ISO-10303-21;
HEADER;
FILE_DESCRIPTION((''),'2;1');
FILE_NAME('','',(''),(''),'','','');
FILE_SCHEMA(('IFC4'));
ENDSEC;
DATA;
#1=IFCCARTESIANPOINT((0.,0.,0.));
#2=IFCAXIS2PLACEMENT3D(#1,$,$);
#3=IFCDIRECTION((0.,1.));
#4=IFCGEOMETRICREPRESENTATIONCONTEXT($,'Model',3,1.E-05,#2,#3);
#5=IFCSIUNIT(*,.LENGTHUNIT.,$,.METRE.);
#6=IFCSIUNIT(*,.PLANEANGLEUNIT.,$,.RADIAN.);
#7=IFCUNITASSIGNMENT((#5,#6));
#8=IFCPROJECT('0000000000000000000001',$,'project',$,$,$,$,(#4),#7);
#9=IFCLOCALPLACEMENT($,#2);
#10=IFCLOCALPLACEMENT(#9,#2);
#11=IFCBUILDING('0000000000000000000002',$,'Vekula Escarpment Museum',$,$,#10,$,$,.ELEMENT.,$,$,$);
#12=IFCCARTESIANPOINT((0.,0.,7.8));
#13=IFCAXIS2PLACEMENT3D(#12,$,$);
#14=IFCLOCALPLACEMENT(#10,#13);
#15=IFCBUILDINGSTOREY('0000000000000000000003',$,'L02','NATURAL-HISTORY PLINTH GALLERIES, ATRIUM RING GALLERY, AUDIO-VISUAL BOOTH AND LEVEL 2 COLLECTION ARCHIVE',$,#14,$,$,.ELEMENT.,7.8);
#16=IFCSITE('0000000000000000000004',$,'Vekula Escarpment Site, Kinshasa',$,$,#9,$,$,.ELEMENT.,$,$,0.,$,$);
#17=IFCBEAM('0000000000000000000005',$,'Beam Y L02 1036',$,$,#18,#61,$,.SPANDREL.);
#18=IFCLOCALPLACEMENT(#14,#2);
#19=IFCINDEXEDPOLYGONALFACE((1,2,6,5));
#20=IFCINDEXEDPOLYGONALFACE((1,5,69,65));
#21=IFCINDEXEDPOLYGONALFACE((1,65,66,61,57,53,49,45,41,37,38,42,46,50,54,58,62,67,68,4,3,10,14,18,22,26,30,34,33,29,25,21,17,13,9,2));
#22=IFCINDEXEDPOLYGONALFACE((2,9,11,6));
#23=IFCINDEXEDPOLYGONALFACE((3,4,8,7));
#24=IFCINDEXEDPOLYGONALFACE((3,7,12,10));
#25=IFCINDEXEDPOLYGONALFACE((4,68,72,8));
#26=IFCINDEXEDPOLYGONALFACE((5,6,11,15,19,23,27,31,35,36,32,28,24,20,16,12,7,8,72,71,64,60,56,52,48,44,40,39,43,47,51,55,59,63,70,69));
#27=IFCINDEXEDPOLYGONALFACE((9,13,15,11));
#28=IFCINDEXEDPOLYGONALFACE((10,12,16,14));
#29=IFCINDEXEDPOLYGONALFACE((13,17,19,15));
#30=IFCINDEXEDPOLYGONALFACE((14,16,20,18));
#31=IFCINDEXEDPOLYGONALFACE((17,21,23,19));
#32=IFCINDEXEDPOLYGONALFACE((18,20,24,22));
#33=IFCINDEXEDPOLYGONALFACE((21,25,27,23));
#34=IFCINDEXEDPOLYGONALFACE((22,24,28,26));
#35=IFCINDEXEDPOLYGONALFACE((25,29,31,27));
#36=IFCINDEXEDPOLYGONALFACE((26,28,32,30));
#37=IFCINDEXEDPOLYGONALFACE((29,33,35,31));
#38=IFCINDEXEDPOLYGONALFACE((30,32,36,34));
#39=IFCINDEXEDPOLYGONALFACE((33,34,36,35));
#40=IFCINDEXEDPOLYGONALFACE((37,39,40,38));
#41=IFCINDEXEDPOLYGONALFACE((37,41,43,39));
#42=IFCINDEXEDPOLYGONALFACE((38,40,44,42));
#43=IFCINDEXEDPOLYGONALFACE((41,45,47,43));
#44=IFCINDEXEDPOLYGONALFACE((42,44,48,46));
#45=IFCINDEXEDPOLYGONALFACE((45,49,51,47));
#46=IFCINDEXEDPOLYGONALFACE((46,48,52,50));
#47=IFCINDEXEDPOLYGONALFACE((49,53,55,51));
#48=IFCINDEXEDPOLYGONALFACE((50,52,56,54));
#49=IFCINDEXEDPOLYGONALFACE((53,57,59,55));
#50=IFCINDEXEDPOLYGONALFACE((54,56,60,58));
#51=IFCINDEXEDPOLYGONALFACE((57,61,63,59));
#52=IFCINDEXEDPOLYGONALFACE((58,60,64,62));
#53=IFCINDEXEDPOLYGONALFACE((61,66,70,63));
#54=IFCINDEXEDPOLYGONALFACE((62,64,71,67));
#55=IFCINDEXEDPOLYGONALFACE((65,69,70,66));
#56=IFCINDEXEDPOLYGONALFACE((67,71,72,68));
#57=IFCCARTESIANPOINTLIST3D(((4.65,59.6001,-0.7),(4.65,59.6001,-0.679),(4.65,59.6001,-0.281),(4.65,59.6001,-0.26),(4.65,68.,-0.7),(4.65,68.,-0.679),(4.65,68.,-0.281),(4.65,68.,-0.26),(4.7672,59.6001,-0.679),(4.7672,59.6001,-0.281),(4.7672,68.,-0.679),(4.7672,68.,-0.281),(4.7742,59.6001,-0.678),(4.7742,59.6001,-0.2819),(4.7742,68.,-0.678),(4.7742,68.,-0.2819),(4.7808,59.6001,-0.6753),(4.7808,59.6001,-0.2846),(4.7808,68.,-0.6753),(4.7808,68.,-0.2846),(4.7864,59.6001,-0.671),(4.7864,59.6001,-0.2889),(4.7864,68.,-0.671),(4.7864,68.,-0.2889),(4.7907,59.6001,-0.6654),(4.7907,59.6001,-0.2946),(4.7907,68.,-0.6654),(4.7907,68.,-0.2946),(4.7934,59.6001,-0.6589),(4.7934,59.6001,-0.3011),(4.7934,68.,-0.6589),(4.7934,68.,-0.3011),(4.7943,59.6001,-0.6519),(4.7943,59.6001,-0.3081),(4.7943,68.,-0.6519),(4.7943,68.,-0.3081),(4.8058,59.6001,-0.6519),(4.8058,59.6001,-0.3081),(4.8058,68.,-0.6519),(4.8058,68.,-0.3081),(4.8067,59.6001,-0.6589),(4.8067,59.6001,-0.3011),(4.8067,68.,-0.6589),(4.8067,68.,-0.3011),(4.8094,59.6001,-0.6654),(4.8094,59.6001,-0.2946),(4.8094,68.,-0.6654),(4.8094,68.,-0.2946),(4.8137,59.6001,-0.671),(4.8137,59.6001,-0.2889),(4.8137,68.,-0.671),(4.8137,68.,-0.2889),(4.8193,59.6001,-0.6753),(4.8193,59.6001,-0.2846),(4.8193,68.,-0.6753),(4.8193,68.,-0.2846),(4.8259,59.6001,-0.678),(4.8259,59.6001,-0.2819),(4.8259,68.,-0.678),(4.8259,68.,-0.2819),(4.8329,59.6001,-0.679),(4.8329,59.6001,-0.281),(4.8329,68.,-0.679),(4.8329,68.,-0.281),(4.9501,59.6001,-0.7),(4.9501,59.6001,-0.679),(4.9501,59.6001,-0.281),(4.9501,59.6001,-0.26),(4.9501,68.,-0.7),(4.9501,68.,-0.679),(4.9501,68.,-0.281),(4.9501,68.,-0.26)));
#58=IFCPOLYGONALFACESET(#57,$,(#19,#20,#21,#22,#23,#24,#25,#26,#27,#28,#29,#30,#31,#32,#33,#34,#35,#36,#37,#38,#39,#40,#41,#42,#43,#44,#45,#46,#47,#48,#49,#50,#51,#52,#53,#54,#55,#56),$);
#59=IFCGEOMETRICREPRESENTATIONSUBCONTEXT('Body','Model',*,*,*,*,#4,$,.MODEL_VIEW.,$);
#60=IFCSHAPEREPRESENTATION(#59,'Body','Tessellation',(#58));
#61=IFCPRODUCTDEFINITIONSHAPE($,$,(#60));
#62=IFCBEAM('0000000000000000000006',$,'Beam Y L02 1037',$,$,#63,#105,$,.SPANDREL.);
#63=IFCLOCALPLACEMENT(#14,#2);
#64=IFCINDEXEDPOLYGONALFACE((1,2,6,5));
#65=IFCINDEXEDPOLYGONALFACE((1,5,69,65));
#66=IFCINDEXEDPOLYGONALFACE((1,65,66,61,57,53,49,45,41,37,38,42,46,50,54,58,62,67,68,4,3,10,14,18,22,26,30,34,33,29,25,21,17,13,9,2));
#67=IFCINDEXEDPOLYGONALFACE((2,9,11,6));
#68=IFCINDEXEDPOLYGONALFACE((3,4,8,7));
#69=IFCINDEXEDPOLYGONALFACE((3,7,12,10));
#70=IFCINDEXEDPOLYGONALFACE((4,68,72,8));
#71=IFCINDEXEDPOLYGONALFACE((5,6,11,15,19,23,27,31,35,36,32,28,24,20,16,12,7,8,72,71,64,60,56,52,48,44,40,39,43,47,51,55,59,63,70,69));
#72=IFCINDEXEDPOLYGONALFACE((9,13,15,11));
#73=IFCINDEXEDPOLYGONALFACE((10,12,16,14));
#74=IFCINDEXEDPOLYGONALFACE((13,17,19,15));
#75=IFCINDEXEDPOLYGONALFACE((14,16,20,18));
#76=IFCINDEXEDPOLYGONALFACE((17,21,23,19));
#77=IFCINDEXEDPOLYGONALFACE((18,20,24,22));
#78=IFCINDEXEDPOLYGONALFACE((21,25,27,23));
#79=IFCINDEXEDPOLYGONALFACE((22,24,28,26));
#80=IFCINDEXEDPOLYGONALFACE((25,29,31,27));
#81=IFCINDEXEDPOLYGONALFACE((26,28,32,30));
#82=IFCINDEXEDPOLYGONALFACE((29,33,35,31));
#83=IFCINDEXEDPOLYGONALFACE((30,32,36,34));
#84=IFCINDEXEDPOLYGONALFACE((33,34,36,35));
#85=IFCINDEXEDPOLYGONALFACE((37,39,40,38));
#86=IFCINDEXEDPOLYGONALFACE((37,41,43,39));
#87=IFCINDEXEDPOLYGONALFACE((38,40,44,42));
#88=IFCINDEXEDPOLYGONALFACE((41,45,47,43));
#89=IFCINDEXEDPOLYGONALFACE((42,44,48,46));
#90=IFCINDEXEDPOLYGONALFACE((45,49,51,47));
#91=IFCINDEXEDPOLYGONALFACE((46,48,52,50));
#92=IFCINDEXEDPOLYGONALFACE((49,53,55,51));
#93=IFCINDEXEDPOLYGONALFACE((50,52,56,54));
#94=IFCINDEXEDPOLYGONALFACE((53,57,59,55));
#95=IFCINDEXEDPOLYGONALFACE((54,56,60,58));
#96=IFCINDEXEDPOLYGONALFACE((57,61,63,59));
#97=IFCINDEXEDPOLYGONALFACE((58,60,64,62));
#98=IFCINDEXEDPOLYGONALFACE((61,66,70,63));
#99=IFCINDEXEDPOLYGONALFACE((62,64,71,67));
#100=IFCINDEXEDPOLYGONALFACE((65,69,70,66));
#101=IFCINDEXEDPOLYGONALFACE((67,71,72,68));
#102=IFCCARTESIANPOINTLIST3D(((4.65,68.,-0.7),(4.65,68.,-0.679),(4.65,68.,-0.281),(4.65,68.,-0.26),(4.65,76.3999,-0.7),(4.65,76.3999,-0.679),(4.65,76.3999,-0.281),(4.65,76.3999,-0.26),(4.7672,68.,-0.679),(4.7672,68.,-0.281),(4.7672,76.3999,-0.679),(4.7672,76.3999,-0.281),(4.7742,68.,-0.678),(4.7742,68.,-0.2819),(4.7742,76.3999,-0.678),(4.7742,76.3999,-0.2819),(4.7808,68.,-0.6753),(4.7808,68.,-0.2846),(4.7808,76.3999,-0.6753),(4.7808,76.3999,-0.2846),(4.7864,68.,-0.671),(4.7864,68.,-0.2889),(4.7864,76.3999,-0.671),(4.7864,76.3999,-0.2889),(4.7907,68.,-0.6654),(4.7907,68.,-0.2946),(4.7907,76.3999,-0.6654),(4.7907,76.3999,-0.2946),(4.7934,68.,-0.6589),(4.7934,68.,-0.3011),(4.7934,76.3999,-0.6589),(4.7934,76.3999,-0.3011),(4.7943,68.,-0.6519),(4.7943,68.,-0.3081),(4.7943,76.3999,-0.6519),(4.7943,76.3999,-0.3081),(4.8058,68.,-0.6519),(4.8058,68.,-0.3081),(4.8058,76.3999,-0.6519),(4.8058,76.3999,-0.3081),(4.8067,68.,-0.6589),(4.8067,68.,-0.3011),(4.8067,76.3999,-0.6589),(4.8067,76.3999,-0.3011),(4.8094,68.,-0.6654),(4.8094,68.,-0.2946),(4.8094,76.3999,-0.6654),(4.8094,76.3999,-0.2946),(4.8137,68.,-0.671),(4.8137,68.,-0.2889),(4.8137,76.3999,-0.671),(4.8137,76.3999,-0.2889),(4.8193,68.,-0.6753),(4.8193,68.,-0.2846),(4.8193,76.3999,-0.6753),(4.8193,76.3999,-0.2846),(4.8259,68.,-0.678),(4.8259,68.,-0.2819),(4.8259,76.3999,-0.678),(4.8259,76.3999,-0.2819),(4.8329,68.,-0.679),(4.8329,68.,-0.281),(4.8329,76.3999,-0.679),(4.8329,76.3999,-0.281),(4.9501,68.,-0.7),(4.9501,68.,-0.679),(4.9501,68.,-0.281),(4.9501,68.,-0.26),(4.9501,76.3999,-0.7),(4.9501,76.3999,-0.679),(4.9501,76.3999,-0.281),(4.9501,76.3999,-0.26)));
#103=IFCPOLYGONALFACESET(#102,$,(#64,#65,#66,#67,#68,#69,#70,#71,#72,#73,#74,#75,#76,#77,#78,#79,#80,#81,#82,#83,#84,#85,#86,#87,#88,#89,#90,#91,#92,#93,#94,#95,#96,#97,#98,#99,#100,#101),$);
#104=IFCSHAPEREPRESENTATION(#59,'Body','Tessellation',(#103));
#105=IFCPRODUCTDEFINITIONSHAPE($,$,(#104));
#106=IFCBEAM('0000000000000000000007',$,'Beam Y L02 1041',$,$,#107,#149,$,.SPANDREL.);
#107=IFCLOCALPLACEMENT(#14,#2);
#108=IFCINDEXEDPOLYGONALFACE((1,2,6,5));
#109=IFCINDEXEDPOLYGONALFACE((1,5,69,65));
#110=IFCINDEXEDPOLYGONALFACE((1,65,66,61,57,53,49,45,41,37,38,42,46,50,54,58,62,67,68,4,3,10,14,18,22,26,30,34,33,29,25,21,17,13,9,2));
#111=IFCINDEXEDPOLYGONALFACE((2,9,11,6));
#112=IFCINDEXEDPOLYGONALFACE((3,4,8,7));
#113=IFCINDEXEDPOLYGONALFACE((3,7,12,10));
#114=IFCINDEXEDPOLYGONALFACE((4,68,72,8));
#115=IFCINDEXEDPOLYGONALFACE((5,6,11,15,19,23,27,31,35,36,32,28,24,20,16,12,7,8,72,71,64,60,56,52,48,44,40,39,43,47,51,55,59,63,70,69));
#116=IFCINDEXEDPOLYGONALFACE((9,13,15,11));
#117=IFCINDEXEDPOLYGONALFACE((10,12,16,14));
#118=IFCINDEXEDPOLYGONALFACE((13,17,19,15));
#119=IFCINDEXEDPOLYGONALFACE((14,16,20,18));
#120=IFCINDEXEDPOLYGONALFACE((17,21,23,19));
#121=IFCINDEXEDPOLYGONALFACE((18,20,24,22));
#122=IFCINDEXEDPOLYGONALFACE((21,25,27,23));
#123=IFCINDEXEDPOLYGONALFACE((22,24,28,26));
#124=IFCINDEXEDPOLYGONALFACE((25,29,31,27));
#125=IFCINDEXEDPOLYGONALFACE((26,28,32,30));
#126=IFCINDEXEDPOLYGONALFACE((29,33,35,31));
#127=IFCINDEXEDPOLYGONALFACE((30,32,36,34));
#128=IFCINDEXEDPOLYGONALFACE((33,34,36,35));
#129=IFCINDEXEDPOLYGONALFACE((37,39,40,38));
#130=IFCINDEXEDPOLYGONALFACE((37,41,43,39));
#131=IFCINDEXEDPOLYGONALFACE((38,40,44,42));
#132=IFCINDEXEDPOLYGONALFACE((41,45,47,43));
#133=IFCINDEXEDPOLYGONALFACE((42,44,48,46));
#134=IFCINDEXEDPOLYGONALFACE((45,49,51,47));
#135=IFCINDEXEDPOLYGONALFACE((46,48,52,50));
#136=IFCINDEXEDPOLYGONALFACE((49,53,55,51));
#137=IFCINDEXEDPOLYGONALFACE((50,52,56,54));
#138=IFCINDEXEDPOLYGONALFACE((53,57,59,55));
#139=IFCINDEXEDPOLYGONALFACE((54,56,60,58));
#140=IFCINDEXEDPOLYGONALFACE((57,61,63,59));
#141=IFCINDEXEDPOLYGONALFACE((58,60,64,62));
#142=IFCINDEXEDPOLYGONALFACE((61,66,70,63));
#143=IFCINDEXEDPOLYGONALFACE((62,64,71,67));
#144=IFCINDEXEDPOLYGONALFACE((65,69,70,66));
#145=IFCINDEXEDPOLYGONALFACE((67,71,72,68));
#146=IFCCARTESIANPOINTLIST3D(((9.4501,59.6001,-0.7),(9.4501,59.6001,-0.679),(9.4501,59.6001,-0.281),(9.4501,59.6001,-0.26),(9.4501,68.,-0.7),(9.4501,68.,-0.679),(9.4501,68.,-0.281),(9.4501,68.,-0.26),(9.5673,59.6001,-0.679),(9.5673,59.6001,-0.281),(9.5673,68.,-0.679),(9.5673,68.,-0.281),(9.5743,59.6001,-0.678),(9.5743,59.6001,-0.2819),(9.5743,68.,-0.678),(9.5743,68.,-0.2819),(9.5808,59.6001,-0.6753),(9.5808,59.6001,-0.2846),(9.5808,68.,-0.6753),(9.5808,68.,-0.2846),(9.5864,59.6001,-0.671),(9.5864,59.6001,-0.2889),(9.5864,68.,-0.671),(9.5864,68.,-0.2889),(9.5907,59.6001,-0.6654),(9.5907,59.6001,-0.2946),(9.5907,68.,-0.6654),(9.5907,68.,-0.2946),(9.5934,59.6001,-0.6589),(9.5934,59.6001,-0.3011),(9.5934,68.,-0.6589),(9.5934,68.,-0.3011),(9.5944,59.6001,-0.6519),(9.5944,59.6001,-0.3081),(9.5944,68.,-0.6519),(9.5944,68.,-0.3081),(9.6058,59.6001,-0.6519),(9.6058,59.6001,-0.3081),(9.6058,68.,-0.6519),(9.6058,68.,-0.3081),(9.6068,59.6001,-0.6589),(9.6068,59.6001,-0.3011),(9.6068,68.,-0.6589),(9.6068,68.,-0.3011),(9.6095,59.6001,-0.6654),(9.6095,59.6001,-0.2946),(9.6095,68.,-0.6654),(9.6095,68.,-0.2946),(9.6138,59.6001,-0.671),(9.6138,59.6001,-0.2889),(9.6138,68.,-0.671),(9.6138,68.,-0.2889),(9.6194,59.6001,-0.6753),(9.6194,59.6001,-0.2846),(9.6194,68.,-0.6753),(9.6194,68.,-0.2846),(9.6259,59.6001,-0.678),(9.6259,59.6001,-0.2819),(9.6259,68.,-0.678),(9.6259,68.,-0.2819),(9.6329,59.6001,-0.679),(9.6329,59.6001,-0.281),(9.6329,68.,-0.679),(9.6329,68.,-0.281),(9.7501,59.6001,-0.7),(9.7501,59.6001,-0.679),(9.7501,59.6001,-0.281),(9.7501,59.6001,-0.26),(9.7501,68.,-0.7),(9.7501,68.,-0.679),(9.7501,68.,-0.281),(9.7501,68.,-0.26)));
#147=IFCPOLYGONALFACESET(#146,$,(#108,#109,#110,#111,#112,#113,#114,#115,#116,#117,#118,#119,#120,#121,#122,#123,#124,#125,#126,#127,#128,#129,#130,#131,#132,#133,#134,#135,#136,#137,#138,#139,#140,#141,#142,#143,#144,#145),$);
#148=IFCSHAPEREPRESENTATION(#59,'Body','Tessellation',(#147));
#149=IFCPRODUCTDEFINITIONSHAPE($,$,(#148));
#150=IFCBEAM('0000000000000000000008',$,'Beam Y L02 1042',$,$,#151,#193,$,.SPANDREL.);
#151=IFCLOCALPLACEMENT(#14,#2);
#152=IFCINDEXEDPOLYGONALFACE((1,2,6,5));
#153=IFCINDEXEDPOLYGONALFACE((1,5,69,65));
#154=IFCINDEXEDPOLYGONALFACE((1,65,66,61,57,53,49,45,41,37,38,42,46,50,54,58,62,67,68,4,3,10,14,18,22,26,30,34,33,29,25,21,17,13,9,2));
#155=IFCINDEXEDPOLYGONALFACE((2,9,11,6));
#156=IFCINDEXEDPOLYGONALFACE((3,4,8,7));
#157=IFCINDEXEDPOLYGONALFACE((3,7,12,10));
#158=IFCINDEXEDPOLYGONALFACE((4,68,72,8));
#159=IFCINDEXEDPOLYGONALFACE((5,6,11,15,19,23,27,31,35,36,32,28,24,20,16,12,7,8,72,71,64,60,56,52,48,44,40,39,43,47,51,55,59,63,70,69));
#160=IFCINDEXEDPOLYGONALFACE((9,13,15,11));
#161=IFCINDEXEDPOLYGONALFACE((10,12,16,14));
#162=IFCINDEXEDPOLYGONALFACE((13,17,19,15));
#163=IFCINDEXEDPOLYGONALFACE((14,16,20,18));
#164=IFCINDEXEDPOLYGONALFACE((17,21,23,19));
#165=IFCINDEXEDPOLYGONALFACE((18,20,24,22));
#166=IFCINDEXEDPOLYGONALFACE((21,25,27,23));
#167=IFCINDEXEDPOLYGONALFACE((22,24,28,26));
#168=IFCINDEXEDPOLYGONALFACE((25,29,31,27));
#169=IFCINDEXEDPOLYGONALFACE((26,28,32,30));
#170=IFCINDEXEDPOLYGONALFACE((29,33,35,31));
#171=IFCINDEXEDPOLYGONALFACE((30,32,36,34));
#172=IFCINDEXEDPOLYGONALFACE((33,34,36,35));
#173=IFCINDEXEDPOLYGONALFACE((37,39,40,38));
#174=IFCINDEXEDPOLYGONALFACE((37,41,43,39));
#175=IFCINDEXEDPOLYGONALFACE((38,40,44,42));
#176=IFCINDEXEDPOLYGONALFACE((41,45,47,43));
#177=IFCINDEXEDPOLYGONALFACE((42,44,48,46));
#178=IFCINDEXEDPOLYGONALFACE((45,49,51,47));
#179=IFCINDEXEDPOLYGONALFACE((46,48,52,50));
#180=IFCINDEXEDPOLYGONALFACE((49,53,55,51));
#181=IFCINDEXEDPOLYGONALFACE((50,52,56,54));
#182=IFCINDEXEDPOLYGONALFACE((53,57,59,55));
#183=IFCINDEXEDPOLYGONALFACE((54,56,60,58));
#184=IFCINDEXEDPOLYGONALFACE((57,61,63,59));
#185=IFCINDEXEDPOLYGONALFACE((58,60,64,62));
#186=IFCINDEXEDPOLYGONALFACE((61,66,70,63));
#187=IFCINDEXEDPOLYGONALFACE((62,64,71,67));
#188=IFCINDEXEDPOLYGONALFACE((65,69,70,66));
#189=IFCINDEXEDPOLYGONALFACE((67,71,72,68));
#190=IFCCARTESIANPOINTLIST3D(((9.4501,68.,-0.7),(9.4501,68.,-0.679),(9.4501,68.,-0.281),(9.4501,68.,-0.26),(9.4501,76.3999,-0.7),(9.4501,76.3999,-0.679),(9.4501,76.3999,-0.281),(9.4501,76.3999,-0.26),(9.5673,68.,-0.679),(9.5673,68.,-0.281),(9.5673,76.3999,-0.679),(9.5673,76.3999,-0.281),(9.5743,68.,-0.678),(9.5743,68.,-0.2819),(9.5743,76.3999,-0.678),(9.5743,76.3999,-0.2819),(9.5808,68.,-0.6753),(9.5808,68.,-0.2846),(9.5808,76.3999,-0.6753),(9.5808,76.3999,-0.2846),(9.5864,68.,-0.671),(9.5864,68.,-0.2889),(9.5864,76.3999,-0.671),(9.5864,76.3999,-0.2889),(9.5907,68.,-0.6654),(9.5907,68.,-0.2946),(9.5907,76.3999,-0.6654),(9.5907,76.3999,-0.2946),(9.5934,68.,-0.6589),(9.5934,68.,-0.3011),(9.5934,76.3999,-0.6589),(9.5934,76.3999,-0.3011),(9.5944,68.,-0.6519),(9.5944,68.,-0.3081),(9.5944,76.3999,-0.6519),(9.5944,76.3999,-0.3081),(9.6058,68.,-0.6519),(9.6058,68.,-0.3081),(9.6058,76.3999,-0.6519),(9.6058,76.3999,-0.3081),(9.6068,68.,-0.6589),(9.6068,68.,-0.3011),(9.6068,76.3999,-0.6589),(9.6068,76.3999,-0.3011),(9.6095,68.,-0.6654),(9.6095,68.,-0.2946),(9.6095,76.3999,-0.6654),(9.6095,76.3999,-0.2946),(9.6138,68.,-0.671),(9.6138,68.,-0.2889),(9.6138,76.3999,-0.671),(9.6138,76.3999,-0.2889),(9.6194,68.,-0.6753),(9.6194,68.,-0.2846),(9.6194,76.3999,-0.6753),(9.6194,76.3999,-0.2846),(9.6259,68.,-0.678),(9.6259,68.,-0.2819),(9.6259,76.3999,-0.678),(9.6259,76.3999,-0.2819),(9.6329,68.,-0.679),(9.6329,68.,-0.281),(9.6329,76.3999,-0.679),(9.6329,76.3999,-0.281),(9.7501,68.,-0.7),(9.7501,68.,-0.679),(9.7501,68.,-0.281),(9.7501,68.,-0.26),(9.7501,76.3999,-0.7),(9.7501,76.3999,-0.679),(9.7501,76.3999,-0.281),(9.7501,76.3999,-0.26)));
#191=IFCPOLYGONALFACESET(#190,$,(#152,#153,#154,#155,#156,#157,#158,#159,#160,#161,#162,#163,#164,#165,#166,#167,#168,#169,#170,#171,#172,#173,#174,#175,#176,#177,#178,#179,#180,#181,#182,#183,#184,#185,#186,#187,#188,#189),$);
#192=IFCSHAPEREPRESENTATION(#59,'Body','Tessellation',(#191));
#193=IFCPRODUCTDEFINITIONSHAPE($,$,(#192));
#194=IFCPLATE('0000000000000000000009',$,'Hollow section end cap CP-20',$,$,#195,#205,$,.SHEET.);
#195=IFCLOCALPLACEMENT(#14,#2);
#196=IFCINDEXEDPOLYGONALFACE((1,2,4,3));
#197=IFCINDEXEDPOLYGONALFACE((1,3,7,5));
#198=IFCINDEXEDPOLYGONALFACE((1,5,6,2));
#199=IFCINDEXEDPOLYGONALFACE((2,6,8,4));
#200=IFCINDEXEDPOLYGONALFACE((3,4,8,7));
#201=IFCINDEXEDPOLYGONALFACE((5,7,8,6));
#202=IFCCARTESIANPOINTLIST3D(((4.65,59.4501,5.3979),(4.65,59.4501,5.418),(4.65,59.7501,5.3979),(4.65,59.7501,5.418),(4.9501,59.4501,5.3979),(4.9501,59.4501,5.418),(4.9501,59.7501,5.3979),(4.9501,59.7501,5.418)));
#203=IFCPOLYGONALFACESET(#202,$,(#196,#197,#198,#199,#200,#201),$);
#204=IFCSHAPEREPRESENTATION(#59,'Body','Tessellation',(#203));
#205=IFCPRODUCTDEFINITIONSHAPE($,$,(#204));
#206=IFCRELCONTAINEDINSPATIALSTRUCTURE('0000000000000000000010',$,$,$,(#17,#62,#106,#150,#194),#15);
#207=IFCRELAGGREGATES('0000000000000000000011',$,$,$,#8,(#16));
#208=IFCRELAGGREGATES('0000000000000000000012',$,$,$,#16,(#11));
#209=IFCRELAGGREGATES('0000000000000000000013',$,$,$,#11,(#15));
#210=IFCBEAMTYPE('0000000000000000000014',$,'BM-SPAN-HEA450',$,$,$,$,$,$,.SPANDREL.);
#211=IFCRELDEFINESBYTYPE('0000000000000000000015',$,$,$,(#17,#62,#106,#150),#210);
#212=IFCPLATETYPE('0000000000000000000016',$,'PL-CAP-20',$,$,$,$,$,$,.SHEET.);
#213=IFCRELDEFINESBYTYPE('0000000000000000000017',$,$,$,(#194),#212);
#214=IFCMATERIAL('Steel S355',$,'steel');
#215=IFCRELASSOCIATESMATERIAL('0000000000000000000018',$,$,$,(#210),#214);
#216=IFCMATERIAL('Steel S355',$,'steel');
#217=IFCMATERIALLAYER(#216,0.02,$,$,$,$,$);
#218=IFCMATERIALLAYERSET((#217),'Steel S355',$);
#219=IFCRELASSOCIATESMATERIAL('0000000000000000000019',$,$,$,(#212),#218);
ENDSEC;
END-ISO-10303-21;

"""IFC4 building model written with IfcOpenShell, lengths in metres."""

from ifc_helpers import new_model, si_unit, direction, frame, origin, origin_2d, place, context, subcontext, project, spatial, rectangle, i_section, extrude, material, layer, layer_set, material_profile, profile_set, type_object, element, save


model = new_model("IFC4")

# Units and contexts
model_context = context("Model", 3, precision=1e-05, world=origin(), true_north=direction((0.0, 1.0)))
body_context = subcontext(model_context, "Body", "Model", "MODEL_VIEW")
ifc_project = project(units=[si_unit("LENGTHUNIT", "METRE"), si_unit("PLANEANGLEUNIT", "RADIAN")], contexts=[model_context])

# Site, building, storey
site_placement = place(None, origin())
site = spatial("IfcSite", under=ifc_project, at=site_placement, Name="Vekula Escarpment Site, Kinshasa", CompositionType="ELEMENT", RefElevation=0.0)
building_placement = place(site_placement, origin())
building = spatial("IfcBuilding", under=site, at=building_placement, Name="Vekula Escarpment Museum", CompositionType="ELEMENT")
storey_placement = place(building_placement, frame((0.0, 0.0, 7.8)))
storey = spatial("IfcBuildingStorey", under=building, at=storey_placement, Name="L02", Description="NATURAL-HISTORY PLINTH GALLERIES, ATRIUM RING GALLERY, AUDIO-VISUAL BOOTH AND LEVEL 2 COLLECTION ARCHIVE", CompositionType="ELEMENT", Elevation=7.8)

# Beams
ifc_material_1 = material(Name="Steel S355", Category="steel")
ifc_material_profile_1 = material_profile(ifc_material_1, i_section(OverallWidth=0.3, OverallDepth=0.4399, WebThickness=0.0115, FlangeThickness=0.021, FilletRadius=0.0271, at=origin_2d()), Name="HEA 450")
ifc_profile_set_1 = profile_set([ifc_material_profile_1], Name="Steel S355")
beam_type_1 = type_object("IfcBeamType", Name="BM-SPAN-HEA450", PredefinedType="SPANDREL", material=ifc_profile_set_1)
for number, where, z_axis, x_axis, name in (
    (1, (4.8, 59.6001, -0.48), (0.0, 1.0, 0.0), (-1.0, 0.0, 0.0), "Beam Y L02 1036"),
    (2, (4.8, 68.0, -0.48), (0.0, 1.0, 0.0), (-1.0, 0.0, 0.0), "Beam Y L02 1037"),
    (3, (9.6001, 59.6001, -0.48), (0.0, 1.0, 0.0), (-1.0, 0.0, 0.0), "Beam Y L02 1041"),
    (4, (9.6001, 68.0, -0.48), (0.0, 1.0, 0.0), (-1.0, 0.0, 0.0), "Beam Y L02 1042"),
):
    element("IfcBeam", number, at=place(storey_placement, frame(where, z_axis=z_axis, x_axis=x_axis)), inside=storey, type_object=beam_type_1, Name=name, PredefinedType="SPANDREL", context=body_context, shape_type="SweptSolid", body=[
        extrude(i_section(OverallWidth=0.3, OverallDepth=0.4399, WebThickness=0.0115, FlangeThickness=0.021, FilletRadius=0.0271, at=origin_2d()), origin(), (0.0, 0.0, 1.0), 8.3999),
    ])

# Plate
ifc_material_2 = material(Name="Steel S355", Category="steel")
ifc_layer_1 = layer(ifc_material_2, 0.02)
ifc_layer_set_1 = layer_set([ifc_layer_1], Name="Steel S355")
plate_type = type_object("IfcPlateType", Name="PL-CAP-20", PredefinedType="SHEET", material=ifc_layer_set_1)
plate_placement = place(storey_placement, frame((4.8, 59.6001, 5.3979), z_axis=(0.0, 0.0, 1.0), x_axis=(1.0, 0.0, 0.0)))
element("IfcPlate", 5, at=plate_placement, inside=storey, type_object=plate_type, Name="Hollow section end cap CP-20", PredefinedType="SHEET", context=body_context, shape_type="SweptSolid", body=[
    extrude(rectangle(XDim=0.3, YDim=0.3, at=origin_2d()), origin(), (0.0, 0.0, 1.0), 0.02),
])

save(model, "model.ifc")
